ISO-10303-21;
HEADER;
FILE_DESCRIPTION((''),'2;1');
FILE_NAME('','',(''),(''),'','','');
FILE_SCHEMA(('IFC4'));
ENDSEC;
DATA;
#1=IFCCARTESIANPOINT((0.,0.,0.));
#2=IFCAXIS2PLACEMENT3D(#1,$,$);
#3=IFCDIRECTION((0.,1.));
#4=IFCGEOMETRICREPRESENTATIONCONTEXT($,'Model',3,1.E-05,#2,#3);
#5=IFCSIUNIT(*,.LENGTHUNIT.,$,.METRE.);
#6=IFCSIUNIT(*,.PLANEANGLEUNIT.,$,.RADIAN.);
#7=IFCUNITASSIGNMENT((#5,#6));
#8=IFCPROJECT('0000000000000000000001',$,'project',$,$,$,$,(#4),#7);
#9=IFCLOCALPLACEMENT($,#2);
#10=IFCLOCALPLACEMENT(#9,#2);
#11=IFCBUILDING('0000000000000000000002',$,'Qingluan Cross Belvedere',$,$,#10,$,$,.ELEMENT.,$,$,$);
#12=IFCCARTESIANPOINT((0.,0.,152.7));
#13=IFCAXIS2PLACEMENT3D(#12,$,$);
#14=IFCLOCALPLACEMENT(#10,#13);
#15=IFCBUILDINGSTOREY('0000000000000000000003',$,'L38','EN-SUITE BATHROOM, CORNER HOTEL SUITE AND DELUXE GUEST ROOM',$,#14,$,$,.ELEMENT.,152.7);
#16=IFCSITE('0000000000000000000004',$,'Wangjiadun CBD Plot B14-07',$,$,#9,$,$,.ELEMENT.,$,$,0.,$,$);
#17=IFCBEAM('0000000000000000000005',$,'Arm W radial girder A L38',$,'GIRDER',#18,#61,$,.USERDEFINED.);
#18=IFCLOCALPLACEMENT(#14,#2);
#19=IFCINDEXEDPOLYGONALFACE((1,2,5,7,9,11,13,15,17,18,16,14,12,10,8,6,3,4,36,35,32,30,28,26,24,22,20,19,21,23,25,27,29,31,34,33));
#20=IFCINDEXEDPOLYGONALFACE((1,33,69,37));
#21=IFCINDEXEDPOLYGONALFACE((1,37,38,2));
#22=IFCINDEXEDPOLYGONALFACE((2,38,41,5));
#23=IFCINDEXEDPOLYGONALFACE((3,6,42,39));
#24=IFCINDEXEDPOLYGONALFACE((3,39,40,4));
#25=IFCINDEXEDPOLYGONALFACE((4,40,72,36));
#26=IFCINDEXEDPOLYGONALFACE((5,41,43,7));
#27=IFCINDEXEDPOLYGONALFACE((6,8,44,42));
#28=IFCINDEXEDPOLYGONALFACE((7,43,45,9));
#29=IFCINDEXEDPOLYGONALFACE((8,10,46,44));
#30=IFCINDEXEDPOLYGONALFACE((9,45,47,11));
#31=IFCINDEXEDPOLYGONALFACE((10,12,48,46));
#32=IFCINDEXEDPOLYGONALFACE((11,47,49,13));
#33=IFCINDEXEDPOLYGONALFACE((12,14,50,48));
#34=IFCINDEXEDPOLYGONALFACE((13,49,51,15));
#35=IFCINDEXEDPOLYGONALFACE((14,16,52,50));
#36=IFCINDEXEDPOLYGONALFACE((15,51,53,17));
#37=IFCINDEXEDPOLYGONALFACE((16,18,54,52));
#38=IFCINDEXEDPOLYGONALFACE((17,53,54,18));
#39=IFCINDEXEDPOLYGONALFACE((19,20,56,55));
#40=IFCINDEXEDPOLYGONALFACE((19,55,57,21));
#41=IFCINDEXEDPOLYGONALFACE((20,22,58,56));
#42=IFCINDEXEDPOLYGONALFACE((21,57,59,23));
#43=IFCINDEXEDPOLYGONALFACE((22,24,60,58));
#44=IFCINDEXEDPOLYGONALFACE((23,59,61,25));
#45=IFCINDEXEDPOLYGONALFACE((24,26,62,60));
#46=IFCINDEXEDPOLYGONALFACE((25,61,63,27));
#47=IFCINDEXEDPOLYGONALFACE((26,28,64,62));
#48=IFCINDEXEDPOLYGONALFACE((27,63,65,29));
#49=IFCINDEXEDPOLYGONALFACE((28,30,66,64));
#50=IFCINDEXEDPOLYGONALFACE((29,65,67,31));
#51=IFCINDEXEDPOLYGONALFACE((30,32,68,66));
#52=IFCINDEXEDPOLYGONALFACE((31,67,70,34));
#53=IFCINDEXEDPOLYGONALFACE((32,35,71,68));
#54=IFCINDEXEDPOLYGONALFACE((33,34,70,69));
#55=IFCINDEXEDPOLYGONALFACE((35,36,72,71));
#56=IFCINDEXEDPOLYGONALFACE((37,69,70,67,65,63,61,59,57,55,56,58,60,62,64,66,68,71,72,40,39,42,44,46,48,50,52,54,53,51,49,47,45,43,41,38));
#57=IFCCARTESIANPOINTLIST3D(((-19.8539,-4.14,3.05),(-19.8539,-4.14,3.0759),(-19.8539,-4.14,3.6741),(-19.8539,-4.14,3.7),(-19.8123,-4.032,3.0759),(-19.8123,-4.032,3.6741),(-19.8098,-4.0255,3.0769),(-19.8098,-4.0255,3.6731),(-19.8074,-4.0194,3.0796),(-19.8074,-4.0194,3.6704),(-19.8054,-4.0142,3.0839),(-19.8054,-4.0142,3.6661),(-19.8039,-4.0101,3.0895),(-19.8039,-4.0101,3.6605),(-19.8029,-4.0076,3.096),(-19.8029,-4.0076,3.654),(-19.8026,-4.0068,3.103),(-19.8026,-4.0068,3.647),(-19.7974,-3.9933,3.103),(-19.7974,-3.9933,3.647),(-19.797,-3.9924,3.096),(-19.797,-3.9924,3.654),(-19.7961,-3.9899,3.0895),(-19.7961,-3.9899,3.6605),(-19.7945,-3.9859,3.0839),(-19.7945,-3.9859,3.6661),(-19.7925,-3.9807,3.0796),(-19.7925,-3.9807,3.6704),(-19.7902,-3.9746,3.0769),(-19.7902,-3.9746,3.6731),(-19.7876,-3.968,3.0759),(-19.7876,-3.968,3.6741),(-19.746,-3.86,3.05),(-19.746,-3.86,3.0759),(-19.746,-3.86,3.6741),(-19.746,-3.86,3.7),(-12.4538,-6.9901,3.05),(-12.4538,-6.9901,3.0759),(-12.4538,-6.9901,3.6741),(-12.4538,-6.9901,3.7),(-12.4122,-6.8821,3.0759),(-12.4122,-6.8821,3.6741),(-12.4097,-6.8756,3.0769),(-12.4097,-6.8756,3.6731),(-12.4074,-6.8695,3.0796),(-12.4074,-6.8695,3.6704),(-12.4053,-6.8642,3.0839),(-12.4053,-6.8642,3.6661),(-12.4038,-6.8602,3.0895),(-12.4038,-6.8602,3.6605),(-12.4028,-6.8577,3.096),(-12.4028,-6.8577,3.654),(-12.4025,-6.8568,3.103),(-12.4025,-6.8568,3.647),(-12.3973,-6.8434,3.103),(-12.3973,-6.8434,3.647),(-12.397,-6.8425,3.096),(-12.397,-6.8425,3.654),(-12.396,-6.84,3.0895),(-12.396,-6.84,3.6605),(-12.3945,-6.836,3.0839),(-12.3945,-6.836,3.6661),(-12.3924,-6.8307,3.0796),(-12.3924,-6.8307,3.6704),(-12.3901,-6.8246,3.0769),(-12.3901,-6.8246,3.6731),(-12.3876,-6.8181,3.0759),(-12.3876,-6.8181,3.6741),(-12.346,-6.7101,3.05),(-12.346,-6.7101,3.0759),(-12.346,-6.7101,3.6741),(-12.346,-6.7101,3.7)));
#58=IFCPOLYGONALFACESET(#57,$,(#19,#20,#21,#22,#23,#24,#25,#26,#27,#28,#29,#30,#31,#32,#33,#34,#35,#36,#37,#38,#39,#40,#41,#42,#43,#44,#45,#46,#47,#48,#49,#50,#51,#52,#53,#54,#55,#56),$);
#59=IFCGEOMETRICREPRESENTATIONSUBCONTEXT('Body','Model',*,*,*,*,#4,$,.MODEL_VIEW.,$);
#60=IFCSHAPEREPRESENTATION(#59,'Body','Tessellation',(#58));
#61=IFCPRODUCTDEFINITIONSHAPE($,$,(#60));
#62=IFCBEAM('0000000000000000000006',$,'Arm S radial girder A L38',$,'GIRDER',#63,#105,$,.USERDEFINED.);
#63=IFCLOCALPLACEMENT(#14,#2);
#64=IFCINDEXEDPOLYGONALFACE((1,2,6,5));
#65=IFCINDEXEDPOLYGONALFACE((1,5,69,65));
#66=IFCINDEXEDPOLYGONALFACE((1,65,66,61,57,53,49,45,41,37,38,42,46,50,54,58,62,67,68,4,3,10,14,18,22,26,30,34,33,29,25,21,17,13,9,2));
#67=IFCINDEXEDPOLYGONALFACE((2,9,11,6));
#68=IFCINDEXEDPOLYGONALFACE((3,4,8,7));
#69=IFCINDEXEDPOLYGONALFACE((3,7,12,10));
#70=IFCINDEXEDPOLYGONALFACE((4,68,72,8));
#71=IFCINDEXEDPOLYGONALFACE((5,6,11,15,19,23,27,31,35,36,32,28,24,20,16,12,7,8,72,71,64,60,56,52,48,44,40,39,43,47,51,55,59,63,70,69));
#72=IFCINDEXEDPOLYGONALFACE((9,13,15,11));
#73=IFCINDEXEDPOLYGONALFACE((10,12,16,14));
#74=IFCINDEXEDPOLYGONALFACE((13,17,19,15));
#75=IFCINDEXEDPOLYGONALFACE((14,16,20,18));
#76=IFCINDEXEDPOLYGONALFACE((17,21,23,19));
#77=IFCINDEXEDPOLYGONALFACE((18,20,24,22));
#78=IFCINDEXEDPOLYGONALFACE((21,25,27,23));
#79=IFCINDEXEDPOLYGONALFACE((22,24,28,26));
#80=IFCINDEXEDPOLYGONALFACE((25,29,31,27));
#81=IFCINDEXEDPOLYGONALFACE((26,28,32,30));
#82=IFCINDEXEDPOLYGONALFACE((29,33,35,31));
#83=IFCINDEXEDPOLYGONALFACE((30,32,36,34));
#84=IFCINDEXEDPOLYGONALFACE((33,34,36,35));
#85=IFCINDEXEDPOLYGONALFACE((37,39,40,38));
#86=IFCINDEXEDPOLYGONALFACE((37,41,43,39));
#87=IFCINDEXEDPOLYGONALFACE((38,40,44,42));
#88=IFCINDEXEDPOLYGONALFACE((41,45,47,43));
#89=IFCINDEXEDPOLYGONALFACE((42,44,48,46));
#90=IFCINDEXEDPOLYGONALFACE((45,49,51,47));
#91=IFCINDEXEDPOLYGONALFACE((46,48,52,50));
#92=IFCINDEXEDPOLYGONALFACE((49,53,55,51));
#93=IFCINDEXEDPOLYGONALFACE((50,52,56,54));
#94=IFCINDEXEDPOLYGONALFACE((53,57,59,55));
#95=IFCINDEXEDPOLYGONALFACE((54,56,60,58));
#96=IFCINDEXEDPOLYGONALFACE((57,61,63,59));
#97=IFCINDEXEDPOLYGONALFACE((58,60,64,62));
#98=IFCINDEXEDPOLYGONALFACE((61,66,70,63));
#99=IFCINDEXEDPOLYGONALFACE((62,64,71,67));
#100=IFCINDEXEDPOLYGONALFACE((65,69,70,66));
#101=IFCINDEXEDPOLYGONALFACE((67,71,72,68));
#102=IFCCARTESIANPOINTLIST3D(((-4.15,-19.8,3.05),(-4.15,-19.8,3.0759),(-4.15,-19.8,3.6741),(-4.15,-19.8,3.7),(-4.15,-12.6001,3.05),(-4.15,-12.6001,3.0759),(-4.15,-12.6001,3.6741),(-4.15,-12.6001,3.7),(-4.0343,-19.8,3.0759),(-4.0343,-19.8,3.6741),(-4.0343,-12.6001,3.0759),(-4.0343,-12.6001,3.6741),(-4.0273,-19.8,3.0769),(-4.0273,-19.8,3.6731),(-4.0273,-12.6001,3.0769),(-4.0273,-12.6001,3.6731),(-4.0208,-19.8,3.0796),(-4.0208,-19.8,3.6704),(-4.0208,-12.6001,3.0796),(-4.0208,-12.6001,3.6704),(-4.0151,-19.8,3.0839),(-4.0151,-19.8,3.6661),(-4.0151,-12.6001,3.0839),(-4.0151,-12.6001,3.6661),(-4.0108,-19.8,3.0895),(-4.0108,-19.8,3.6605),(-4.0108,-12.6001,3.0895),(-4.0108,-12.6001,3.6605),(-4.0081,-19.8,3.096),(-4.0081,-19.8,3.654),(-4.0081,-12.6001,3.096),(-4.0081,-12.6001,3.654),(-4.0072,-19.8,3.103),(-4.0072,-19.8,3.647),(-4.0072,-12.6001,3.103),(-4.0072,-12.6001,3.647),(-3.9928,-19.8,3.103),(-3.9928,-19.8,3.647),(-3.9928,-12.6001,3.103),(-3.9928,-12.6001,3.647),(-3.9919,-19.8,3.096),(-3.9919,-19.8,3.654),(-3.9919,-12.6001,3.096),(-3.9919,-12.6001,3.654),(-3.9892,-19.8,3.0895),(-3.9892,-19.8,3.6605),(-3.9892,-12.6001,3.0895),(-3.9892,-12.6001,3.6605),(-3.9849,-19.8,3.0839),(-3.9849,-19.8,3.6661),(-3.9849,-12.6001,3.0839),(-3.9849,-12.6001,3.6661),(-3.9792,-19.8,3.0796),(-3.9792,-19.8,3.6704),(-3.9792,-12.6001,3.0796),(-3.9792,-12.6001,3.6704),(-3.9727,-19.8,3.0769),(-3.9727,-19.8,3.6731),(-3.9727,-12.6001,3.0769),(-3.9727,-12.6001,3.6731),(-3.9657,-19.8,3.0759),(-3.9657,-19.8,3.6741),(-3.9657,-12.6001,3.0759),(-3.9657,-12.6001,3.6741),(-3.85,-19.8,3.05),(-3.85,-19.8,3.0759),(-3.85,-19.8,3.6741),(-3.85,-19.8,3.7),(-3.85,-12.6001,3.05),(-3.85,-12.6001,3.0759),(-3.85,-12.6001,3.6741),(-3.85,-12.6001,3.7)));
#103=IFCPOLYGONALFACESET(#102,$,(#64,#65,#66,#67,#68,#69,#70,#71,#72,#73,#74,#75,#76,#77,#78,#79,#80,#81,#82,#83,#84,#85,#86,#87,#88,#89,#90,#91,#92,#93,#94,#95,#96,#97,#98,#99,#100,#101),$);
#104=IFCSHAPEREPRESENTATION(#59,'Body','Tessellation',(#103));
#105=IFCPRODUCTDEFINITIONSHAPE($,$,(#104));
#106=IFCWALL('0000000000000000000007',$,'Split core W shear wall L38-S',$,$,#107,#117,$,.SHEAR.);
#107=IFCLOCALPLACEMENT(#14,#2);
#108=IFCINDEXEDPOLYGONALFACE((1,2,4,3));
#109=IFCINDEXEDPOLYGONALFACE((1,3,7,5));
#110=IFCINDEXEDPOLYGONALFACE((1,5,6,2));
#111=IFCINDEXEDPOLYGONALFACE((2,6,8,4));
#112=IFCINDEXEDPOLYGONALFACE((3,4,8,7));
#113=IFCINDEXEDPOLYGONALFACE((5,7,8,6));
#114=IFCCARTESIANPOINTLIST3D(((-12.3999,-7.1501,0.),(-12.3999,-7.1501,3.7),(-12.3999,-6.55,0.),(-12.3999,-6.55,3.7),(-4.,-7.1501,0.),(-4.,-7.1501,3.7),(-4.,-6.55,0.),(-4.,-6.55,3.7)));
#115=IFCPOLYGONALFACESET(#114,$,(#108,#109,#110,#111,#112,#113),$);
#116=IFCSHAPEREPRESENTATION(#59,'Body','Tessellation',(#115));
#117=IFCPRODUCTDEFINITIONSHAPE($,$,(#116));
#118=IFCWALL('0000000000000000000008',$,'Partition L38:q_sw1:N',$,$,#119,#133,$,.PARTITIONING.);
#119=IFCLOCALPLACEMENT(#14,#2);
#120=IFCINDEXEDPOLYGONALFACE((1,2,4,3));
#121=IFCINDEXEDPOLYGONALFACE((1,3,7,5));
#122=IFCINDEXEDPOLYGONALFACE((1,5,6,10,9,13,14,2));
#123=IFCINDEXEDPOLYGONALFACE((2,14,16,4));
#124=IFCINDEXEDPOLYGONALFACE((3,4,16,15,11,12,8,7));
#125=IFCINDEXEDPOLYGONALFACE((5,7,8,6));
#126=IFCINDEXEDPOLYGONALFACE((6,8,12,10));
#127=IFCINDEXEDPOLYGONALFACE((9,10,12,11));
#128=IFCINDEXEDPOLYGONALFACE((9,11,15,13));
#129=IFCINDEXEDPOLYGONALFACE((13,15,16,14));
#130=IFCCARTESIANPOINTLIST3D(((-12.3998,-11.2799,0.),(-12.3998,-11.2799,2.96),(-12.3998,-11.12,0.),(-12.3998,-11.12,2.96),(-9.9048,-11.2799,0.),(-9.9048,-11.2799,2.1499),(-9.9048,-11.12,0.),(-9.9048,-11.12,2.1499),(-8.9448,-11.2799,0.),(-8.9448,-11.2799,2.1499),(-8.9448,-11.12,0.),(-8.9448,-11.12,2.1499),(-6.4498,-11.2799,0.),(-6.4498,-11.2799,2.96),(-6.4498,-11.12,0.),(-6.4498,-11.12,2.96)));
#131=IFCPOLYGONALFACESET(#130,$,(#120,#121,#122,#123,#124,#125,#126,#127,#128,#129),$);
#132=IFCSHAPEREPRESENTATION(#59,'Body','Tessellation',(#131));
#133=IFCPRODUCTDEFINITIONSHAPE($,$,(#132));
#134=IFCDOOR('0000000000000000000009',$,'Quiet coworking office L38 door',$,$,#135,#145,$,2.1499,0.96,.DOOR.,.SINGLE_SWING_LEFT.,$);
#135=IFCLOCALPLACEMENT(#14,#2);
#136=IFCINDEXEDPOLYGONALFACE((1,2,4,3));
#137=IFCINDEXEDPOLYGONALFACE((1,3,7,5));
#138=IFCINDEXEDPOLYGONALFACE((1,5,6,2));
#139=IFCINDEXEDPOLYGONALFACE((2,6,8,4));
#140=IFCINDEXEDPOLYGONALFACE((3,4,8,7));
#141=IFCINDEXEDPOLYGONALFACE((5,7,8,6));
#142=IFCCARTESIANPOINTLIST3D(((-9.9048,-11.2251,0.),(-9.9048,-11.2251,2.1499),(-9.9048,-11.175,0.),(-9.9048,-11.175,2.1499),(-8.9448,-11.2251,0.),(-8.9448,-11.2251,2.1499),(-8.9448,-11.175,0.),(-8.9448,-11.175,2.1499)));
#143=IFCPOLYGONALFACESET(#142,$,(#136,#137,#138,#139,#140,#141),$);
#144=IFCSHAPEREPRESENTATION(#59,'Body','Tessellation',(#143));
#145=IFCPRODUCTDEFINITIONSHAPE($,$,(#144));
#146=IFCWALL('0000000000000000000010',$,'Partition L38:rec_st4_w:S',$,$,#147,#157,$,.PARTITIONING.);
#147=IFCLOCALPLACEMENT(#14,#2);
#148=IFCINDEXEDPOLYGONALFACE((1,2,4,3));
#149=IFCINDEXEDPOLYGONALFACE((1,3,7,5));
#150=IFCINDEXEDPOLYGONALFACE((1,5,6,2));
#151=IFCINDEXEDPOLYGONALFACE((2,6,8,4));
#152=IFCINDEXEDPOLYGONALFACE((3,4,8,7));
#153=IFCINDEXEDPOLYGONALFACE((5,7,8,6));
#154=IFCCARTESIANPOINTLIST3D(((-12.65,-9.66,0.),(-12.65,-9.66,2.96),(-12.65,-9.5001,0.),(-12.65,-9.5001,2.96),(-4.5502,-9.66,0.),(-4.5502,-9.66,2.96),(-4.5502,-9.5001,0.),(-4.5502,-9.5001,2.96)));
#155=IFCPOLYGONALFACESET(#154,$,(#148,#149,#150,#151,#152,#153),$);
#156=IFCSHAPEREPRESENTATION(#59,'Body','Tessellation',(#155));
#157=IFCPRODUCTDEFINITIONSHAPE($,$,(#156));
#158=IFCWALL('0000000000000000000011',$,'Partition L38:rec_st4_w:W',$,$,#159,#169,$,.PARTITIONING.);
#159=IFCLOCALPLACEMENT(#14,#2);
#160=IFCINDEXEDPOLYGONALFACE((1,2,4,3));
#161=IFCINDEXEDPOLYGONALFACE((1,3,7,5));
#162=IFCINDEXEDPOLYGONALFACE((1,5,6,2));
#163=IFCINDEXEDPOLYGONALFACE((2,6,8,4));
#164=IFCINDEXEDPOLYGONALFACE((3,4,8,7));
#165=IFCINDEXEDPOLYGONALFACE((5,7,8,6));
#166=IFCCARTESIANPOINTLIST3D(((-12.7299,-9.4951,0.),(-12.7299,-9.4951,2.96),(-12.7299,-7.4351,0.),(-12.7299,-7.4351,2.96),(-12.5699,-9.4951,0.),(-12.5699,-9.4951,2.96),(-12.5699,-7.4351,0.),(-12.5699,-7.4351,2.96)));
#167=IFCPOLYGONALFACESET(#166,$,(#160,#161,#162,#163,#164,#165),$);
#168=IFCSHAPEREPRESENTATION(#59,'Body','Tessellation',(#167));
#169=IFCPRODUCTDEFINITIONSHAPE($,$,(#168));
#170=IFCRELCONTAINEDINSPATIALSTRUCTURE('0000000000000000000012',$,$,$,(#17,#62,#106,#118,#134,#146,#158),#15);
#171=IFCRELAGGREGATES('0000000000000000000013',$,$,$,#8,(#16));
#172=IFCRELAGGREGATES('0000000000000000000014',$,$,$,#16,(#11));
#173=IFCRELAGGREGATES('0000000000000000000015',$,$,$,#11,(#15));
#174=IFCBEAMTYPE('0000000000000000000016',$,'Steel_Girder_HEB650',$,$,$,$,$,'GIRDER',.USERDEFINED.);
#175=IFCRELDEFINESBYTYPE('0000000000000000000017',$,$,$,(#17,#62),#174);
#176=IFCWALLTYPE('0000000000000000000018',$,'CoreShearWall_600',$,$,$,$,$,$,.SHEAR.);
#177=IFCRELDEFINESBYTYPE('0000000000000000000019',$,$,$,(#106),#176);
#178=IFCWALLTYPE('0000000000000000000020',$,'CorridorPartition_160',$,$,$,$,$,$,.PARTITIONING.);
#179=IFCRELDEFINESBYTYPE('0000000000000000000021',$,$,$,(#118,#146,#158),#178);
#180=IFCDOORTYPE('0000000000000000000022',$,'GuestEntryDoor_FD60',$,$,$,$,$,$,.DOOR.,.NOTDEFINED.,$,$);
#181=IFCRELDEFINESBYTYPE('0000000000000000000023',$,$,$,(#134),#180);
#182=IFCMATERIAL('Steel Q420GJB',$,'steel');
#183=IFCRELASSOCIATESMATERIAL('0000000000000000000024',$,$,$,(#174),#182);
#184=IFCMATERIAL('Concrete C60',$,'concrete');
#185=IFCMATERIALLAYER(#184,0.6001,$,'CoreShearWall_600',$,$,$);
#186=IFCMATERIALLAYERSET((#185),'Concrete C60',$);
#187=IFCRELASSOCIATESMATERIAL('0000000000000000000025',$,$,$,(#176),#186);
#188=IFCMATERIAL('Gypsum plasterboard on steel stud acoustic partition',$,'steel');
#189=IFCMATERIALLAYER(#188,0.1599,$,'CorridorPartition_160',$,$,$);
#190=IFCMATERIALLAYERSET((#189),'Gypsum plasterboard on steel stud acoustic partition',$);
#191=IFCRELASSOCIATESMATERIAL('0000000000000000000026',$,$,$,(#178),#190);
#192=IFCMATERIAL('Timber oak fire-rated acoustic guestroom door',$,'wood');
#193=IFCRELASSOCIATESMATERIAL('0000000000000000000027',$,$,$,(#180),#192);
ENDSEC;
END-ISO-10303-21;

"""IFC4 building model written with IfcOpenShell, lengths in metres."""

from ifc_helpers import new_model, si_unit, direction, frame, frame_2d, origin, origin_2d, place, context, subcontext, project, spatial, rectangle, i_section, extrude, material, layer, layer_set, material_profile, profile_set, type_object, element, fill, save


model = new_model("IFC4")

# Units and contexts
model_context = context("Model", 3, precision=1e-05, world=origin(), true_north=direction((0.0, 1.0)))
body_context = subcontext(model_context, "Body", "Model", "MODEL_VIEW")
ifc_project = project(units=[si_unit("LENGTHUNIT", "METRE"), si_unit("PLANEANGLEUNIT", "RADIAN")], contexts=[model_context])

# Site, building, storey
site_placement = place(None, origin())
site = spatial("IfcSite", under=ifc_project, at=site_placement, Name="Wangjiadun CBD Plot B14-07", CompositionType="ELEMENT", RefElevation=0.0)
building_placement = place(site_placement, origin())
building = spatial("IfcBuilding", under=site, at=building_placement, Name="Qingluan Cross Belvedere", CompositionType="ELEMENT")
storey_placement = place(building_placement, frame((0.0, 0.0, 152.7)))
storey = spatial("IfcBuildingStorey", under=building, at=storey_placement, Name="L38", Description="EN-SUITE BATHROOM, CORNER HOTEL SUITE AND DELUXE GUEST ROOM", CompositionType="ELEMENT", Elevation=152.7)

# Beams
ifc_material_1 = material(Name="Steel Q420GJB", Category="steel")
ifc_material_profile_1 = material_profile(ifc_material_1, i_section(OverallWidth=0.3, OverallDepth=0.6499, WebThickness=0.0144, FlangeThickness=0.0259, FilletRadius=0.0271, at=origin_2d()), Name="HEB650")
ifc_profile_set_1 = profile_set([ifc_material_profile_1], Name="Steel Q420GJB")
beam_type_1 = type_object("IfcBeamType", Name="Steel_Girder_HEB650", ElementType="GIRDER", PredefinedType="USERDEFINED", material=ifc_profile_set_1)
beam_1_placement = place(storey_placement, frame((-12.3999, -6.8501, 3.375), z_axis=(-0.933181, 0.359406, 0.0), x_axis=(-0.359406, -0.933181, 0.0)))
element("IfcBeam", 1, at=beam_1_placement, inside=storey, type_object=beam_type_1, Name="Arm W radial girder A L38", ObjectType="GIRDER", PredefinedType="USERDEFINED", context=body_context, shape_type="SweptSolid", body=[
    extrude(i_section(OverallWidth=0.3, OverallDepth=0.6499, WebThickness=0.0144, FlangeThickness=0.0259, FilletRadius=0.0271, at=origin_2d()), origin(), (0.0, 0.0, 1.0), 7.9299),
])
beam_2_placement = place(storey_placement, frame((-4.0, -12.6001, 3.375), z_axis=(0.0, -1.0, 0.0), x_axis=(1.0, 0.0, 0.0)))
element("IfcBeam", 2, at=beam_2_placement, inside=storey, type_object=beam_type_1, Name="Arm S radial girder A L38", ObjectType="GIRDER", PredefinedType="USERDEFINED", context=body_context, shape_type="SweptSolid", body=[
    extrude(i_section(OverallWidth=0.3, OverallDepth=0.6499, WebThickness=0.0144, FlangeThickness=0.0259, FilletRadius=0.0271, at=origin_2d()), origin(), (0.0, 0.0, 1.0), 7.2),
])

# Wall
ifc_material_2 = material(Name="Concrete C60", Category="concrete")
ifc_layer_1 = layer(ifc_material_2, 0.6001, Name="CoreShearWall_600")
ifc_layer_set_1 = layer_set([ifc_layer_1], Name="Concrete C60")
wall_type_1 = type_object("IfcWallType", Name="CoreShearWall_600", PredefinedType="SHEAR", material=ifc_layer_set_1)
wall_1_placement = place(storey_placement, frame((-12.3999, -6.8501, 0.0), z_axis=(0.0, 0.0, 1.0), x_axis=(1.0, 0.0, 0.0)))
element("IfcWall", 3, at=wall_1_placement, inside=storey, type_object=wall_type_1, Name="Split core W shear wall L38-S", PredefinedType="SHEAR", context=body_context, shape_type="SweptSolid", body=[
    extrude(rectangle(XDim=8.3999, YDim=0.6001, at=frame_2d((4.2, 0.0))), origin(), (0.0, 0.0, 1.0), 3.7),
])

# Wall, opening, door
ifc_material_3 = material(Name="Gypsum plasterboard on steel stud acoustic partition", Category="steel")
ifc_layer_2 = layer(ifc_material_3, 0.1599, Name="CorridorPartition_160")
ifc_layer_set_2 = layer_set([ifc_layer_2], Name="Gypsum plasterboard on steel stud acoustic partition")
wall_type_2 = type_object("IfcWallType", Name="CorridorPartition_160", PredefinedType="PARTITIONING", material=ifc_layer_set_2)
wall_2_placement = place(storey_placement, frame((-12.3999, -11.2, 0.0), z_axis=(0.0, 0.0, 1.0), x_axis=(1.0, 0.0, 0.0)))
wall_2 = element("IfcWall", 4, at=wall_2_placement, inside=storey, type_object=wall_type_2, Name="Partition L38:q_sw1:N", PredefinedType="PARTITIONING", context=body_context, shape_type="SweptSolid", body=[
    extrude(rectangle(XDim=5.95, YDim=0.1599, at=frame_2d((2.9751, 0.0))), origin(), (0.0, 0.0, 1.0), 2.96),
])
opening_1_placement = place(wall_2_placement, frame((2.4951, 0.0, 0.0)))
opening_1 = element("IfcOpeningElement", 5, at=opening_1_placement, cuts=wall_2, PredefinedType="OPENING", context=body_context, shape_type="SweptSolid", body=[
    extrude(rectangle(XDim=0.96, YDim=2.1499, at=frame_2d((0.48, 1.075))), frame((0.0, 0.0898, 0.0), z_axis=(0.0, -1.0, 0.0), x_axis=(1.0, 0.0, 0.0)), (0.0, 0.0, 1.0), 0.1799),
])
ifc_material_4 = material(Name="Timber oak fire-rated acoustic guestroom door", Category="wood")
door_type = type_object("IfcDoorType", Name="GuestEntryDoor_FD60", OperationType="NOTDEFINED", PredefinedType="DOOR", material=ifc_material_4)
door_1_placement = place(opening_1_placement, origin())
door_1 = element("IfcDoor", 6, at=door_1_placement, inside=storey, type_object=door_type, Name="Quiet coworking office L38 door", OperationType="SINGLE_SWING_LEFT", OverallHeight=2.1499, OverallWidth=0.96, PredefinedType="DOOR", context=body_context, shape_type="SweptSolid", body=[
    extrude(rectangle(XDim=0.96, YDim=2.1499, at=frame_2d((0.48, 1.075))), frame((0.0, 0.0249, 0.0), z_axis=(0.0, -1.0, 0.0), x_axis=(1.0, 0.0, 0.0)), (0.0, 0.0, 1.0), 0.05),
])
fill(opening_1, door_1)

# Walls
wall_3_placement = place(storey_placement, frame((-12.6499, -9.5801, 0.0), z_axis=(0.0, 0.0, 1.0), x_axis=(1.0, 0.0, 0.0)))
element("IfcWall", 7, at=wall_3_placement, inside=storey, type_object=wall_type_2, Name="Partition L38:rec_st4_w:S", PredefinedType="PARTITIONING", context=body_context, shape_type="SweptSolid", body=[
    extrude(rectangle(XDim=8.0999, YDim=0.1599, at=frame_2d((4.0498, 0.0))), origin(), (0.0, 0.0, 1.0), 2.96),
])
wall_4_placement = place(storey_placement, frame((-12.6499, -9.4951, 0.0), z_axis=(0.0, 0.0, 1.0), x_axis=(0.0, 1.0, 0.0)))
element("IfcWall", 8, at=wall_4_placement, inside=storey, type_object=wall_type_2, Name="Partition L38:rec_st4_w:W", PredefinedType="PARTITIONING", context=body_context, shape_type="SweptSolid", body=[
    extrude(rectangle(XDim=2.0601, YDim=0.1599, at=frame_2d((1.03, 0.0))), origin(), (0.0, 0.0, 1.0), 2.96),
])

save(model, "model.ifc")
